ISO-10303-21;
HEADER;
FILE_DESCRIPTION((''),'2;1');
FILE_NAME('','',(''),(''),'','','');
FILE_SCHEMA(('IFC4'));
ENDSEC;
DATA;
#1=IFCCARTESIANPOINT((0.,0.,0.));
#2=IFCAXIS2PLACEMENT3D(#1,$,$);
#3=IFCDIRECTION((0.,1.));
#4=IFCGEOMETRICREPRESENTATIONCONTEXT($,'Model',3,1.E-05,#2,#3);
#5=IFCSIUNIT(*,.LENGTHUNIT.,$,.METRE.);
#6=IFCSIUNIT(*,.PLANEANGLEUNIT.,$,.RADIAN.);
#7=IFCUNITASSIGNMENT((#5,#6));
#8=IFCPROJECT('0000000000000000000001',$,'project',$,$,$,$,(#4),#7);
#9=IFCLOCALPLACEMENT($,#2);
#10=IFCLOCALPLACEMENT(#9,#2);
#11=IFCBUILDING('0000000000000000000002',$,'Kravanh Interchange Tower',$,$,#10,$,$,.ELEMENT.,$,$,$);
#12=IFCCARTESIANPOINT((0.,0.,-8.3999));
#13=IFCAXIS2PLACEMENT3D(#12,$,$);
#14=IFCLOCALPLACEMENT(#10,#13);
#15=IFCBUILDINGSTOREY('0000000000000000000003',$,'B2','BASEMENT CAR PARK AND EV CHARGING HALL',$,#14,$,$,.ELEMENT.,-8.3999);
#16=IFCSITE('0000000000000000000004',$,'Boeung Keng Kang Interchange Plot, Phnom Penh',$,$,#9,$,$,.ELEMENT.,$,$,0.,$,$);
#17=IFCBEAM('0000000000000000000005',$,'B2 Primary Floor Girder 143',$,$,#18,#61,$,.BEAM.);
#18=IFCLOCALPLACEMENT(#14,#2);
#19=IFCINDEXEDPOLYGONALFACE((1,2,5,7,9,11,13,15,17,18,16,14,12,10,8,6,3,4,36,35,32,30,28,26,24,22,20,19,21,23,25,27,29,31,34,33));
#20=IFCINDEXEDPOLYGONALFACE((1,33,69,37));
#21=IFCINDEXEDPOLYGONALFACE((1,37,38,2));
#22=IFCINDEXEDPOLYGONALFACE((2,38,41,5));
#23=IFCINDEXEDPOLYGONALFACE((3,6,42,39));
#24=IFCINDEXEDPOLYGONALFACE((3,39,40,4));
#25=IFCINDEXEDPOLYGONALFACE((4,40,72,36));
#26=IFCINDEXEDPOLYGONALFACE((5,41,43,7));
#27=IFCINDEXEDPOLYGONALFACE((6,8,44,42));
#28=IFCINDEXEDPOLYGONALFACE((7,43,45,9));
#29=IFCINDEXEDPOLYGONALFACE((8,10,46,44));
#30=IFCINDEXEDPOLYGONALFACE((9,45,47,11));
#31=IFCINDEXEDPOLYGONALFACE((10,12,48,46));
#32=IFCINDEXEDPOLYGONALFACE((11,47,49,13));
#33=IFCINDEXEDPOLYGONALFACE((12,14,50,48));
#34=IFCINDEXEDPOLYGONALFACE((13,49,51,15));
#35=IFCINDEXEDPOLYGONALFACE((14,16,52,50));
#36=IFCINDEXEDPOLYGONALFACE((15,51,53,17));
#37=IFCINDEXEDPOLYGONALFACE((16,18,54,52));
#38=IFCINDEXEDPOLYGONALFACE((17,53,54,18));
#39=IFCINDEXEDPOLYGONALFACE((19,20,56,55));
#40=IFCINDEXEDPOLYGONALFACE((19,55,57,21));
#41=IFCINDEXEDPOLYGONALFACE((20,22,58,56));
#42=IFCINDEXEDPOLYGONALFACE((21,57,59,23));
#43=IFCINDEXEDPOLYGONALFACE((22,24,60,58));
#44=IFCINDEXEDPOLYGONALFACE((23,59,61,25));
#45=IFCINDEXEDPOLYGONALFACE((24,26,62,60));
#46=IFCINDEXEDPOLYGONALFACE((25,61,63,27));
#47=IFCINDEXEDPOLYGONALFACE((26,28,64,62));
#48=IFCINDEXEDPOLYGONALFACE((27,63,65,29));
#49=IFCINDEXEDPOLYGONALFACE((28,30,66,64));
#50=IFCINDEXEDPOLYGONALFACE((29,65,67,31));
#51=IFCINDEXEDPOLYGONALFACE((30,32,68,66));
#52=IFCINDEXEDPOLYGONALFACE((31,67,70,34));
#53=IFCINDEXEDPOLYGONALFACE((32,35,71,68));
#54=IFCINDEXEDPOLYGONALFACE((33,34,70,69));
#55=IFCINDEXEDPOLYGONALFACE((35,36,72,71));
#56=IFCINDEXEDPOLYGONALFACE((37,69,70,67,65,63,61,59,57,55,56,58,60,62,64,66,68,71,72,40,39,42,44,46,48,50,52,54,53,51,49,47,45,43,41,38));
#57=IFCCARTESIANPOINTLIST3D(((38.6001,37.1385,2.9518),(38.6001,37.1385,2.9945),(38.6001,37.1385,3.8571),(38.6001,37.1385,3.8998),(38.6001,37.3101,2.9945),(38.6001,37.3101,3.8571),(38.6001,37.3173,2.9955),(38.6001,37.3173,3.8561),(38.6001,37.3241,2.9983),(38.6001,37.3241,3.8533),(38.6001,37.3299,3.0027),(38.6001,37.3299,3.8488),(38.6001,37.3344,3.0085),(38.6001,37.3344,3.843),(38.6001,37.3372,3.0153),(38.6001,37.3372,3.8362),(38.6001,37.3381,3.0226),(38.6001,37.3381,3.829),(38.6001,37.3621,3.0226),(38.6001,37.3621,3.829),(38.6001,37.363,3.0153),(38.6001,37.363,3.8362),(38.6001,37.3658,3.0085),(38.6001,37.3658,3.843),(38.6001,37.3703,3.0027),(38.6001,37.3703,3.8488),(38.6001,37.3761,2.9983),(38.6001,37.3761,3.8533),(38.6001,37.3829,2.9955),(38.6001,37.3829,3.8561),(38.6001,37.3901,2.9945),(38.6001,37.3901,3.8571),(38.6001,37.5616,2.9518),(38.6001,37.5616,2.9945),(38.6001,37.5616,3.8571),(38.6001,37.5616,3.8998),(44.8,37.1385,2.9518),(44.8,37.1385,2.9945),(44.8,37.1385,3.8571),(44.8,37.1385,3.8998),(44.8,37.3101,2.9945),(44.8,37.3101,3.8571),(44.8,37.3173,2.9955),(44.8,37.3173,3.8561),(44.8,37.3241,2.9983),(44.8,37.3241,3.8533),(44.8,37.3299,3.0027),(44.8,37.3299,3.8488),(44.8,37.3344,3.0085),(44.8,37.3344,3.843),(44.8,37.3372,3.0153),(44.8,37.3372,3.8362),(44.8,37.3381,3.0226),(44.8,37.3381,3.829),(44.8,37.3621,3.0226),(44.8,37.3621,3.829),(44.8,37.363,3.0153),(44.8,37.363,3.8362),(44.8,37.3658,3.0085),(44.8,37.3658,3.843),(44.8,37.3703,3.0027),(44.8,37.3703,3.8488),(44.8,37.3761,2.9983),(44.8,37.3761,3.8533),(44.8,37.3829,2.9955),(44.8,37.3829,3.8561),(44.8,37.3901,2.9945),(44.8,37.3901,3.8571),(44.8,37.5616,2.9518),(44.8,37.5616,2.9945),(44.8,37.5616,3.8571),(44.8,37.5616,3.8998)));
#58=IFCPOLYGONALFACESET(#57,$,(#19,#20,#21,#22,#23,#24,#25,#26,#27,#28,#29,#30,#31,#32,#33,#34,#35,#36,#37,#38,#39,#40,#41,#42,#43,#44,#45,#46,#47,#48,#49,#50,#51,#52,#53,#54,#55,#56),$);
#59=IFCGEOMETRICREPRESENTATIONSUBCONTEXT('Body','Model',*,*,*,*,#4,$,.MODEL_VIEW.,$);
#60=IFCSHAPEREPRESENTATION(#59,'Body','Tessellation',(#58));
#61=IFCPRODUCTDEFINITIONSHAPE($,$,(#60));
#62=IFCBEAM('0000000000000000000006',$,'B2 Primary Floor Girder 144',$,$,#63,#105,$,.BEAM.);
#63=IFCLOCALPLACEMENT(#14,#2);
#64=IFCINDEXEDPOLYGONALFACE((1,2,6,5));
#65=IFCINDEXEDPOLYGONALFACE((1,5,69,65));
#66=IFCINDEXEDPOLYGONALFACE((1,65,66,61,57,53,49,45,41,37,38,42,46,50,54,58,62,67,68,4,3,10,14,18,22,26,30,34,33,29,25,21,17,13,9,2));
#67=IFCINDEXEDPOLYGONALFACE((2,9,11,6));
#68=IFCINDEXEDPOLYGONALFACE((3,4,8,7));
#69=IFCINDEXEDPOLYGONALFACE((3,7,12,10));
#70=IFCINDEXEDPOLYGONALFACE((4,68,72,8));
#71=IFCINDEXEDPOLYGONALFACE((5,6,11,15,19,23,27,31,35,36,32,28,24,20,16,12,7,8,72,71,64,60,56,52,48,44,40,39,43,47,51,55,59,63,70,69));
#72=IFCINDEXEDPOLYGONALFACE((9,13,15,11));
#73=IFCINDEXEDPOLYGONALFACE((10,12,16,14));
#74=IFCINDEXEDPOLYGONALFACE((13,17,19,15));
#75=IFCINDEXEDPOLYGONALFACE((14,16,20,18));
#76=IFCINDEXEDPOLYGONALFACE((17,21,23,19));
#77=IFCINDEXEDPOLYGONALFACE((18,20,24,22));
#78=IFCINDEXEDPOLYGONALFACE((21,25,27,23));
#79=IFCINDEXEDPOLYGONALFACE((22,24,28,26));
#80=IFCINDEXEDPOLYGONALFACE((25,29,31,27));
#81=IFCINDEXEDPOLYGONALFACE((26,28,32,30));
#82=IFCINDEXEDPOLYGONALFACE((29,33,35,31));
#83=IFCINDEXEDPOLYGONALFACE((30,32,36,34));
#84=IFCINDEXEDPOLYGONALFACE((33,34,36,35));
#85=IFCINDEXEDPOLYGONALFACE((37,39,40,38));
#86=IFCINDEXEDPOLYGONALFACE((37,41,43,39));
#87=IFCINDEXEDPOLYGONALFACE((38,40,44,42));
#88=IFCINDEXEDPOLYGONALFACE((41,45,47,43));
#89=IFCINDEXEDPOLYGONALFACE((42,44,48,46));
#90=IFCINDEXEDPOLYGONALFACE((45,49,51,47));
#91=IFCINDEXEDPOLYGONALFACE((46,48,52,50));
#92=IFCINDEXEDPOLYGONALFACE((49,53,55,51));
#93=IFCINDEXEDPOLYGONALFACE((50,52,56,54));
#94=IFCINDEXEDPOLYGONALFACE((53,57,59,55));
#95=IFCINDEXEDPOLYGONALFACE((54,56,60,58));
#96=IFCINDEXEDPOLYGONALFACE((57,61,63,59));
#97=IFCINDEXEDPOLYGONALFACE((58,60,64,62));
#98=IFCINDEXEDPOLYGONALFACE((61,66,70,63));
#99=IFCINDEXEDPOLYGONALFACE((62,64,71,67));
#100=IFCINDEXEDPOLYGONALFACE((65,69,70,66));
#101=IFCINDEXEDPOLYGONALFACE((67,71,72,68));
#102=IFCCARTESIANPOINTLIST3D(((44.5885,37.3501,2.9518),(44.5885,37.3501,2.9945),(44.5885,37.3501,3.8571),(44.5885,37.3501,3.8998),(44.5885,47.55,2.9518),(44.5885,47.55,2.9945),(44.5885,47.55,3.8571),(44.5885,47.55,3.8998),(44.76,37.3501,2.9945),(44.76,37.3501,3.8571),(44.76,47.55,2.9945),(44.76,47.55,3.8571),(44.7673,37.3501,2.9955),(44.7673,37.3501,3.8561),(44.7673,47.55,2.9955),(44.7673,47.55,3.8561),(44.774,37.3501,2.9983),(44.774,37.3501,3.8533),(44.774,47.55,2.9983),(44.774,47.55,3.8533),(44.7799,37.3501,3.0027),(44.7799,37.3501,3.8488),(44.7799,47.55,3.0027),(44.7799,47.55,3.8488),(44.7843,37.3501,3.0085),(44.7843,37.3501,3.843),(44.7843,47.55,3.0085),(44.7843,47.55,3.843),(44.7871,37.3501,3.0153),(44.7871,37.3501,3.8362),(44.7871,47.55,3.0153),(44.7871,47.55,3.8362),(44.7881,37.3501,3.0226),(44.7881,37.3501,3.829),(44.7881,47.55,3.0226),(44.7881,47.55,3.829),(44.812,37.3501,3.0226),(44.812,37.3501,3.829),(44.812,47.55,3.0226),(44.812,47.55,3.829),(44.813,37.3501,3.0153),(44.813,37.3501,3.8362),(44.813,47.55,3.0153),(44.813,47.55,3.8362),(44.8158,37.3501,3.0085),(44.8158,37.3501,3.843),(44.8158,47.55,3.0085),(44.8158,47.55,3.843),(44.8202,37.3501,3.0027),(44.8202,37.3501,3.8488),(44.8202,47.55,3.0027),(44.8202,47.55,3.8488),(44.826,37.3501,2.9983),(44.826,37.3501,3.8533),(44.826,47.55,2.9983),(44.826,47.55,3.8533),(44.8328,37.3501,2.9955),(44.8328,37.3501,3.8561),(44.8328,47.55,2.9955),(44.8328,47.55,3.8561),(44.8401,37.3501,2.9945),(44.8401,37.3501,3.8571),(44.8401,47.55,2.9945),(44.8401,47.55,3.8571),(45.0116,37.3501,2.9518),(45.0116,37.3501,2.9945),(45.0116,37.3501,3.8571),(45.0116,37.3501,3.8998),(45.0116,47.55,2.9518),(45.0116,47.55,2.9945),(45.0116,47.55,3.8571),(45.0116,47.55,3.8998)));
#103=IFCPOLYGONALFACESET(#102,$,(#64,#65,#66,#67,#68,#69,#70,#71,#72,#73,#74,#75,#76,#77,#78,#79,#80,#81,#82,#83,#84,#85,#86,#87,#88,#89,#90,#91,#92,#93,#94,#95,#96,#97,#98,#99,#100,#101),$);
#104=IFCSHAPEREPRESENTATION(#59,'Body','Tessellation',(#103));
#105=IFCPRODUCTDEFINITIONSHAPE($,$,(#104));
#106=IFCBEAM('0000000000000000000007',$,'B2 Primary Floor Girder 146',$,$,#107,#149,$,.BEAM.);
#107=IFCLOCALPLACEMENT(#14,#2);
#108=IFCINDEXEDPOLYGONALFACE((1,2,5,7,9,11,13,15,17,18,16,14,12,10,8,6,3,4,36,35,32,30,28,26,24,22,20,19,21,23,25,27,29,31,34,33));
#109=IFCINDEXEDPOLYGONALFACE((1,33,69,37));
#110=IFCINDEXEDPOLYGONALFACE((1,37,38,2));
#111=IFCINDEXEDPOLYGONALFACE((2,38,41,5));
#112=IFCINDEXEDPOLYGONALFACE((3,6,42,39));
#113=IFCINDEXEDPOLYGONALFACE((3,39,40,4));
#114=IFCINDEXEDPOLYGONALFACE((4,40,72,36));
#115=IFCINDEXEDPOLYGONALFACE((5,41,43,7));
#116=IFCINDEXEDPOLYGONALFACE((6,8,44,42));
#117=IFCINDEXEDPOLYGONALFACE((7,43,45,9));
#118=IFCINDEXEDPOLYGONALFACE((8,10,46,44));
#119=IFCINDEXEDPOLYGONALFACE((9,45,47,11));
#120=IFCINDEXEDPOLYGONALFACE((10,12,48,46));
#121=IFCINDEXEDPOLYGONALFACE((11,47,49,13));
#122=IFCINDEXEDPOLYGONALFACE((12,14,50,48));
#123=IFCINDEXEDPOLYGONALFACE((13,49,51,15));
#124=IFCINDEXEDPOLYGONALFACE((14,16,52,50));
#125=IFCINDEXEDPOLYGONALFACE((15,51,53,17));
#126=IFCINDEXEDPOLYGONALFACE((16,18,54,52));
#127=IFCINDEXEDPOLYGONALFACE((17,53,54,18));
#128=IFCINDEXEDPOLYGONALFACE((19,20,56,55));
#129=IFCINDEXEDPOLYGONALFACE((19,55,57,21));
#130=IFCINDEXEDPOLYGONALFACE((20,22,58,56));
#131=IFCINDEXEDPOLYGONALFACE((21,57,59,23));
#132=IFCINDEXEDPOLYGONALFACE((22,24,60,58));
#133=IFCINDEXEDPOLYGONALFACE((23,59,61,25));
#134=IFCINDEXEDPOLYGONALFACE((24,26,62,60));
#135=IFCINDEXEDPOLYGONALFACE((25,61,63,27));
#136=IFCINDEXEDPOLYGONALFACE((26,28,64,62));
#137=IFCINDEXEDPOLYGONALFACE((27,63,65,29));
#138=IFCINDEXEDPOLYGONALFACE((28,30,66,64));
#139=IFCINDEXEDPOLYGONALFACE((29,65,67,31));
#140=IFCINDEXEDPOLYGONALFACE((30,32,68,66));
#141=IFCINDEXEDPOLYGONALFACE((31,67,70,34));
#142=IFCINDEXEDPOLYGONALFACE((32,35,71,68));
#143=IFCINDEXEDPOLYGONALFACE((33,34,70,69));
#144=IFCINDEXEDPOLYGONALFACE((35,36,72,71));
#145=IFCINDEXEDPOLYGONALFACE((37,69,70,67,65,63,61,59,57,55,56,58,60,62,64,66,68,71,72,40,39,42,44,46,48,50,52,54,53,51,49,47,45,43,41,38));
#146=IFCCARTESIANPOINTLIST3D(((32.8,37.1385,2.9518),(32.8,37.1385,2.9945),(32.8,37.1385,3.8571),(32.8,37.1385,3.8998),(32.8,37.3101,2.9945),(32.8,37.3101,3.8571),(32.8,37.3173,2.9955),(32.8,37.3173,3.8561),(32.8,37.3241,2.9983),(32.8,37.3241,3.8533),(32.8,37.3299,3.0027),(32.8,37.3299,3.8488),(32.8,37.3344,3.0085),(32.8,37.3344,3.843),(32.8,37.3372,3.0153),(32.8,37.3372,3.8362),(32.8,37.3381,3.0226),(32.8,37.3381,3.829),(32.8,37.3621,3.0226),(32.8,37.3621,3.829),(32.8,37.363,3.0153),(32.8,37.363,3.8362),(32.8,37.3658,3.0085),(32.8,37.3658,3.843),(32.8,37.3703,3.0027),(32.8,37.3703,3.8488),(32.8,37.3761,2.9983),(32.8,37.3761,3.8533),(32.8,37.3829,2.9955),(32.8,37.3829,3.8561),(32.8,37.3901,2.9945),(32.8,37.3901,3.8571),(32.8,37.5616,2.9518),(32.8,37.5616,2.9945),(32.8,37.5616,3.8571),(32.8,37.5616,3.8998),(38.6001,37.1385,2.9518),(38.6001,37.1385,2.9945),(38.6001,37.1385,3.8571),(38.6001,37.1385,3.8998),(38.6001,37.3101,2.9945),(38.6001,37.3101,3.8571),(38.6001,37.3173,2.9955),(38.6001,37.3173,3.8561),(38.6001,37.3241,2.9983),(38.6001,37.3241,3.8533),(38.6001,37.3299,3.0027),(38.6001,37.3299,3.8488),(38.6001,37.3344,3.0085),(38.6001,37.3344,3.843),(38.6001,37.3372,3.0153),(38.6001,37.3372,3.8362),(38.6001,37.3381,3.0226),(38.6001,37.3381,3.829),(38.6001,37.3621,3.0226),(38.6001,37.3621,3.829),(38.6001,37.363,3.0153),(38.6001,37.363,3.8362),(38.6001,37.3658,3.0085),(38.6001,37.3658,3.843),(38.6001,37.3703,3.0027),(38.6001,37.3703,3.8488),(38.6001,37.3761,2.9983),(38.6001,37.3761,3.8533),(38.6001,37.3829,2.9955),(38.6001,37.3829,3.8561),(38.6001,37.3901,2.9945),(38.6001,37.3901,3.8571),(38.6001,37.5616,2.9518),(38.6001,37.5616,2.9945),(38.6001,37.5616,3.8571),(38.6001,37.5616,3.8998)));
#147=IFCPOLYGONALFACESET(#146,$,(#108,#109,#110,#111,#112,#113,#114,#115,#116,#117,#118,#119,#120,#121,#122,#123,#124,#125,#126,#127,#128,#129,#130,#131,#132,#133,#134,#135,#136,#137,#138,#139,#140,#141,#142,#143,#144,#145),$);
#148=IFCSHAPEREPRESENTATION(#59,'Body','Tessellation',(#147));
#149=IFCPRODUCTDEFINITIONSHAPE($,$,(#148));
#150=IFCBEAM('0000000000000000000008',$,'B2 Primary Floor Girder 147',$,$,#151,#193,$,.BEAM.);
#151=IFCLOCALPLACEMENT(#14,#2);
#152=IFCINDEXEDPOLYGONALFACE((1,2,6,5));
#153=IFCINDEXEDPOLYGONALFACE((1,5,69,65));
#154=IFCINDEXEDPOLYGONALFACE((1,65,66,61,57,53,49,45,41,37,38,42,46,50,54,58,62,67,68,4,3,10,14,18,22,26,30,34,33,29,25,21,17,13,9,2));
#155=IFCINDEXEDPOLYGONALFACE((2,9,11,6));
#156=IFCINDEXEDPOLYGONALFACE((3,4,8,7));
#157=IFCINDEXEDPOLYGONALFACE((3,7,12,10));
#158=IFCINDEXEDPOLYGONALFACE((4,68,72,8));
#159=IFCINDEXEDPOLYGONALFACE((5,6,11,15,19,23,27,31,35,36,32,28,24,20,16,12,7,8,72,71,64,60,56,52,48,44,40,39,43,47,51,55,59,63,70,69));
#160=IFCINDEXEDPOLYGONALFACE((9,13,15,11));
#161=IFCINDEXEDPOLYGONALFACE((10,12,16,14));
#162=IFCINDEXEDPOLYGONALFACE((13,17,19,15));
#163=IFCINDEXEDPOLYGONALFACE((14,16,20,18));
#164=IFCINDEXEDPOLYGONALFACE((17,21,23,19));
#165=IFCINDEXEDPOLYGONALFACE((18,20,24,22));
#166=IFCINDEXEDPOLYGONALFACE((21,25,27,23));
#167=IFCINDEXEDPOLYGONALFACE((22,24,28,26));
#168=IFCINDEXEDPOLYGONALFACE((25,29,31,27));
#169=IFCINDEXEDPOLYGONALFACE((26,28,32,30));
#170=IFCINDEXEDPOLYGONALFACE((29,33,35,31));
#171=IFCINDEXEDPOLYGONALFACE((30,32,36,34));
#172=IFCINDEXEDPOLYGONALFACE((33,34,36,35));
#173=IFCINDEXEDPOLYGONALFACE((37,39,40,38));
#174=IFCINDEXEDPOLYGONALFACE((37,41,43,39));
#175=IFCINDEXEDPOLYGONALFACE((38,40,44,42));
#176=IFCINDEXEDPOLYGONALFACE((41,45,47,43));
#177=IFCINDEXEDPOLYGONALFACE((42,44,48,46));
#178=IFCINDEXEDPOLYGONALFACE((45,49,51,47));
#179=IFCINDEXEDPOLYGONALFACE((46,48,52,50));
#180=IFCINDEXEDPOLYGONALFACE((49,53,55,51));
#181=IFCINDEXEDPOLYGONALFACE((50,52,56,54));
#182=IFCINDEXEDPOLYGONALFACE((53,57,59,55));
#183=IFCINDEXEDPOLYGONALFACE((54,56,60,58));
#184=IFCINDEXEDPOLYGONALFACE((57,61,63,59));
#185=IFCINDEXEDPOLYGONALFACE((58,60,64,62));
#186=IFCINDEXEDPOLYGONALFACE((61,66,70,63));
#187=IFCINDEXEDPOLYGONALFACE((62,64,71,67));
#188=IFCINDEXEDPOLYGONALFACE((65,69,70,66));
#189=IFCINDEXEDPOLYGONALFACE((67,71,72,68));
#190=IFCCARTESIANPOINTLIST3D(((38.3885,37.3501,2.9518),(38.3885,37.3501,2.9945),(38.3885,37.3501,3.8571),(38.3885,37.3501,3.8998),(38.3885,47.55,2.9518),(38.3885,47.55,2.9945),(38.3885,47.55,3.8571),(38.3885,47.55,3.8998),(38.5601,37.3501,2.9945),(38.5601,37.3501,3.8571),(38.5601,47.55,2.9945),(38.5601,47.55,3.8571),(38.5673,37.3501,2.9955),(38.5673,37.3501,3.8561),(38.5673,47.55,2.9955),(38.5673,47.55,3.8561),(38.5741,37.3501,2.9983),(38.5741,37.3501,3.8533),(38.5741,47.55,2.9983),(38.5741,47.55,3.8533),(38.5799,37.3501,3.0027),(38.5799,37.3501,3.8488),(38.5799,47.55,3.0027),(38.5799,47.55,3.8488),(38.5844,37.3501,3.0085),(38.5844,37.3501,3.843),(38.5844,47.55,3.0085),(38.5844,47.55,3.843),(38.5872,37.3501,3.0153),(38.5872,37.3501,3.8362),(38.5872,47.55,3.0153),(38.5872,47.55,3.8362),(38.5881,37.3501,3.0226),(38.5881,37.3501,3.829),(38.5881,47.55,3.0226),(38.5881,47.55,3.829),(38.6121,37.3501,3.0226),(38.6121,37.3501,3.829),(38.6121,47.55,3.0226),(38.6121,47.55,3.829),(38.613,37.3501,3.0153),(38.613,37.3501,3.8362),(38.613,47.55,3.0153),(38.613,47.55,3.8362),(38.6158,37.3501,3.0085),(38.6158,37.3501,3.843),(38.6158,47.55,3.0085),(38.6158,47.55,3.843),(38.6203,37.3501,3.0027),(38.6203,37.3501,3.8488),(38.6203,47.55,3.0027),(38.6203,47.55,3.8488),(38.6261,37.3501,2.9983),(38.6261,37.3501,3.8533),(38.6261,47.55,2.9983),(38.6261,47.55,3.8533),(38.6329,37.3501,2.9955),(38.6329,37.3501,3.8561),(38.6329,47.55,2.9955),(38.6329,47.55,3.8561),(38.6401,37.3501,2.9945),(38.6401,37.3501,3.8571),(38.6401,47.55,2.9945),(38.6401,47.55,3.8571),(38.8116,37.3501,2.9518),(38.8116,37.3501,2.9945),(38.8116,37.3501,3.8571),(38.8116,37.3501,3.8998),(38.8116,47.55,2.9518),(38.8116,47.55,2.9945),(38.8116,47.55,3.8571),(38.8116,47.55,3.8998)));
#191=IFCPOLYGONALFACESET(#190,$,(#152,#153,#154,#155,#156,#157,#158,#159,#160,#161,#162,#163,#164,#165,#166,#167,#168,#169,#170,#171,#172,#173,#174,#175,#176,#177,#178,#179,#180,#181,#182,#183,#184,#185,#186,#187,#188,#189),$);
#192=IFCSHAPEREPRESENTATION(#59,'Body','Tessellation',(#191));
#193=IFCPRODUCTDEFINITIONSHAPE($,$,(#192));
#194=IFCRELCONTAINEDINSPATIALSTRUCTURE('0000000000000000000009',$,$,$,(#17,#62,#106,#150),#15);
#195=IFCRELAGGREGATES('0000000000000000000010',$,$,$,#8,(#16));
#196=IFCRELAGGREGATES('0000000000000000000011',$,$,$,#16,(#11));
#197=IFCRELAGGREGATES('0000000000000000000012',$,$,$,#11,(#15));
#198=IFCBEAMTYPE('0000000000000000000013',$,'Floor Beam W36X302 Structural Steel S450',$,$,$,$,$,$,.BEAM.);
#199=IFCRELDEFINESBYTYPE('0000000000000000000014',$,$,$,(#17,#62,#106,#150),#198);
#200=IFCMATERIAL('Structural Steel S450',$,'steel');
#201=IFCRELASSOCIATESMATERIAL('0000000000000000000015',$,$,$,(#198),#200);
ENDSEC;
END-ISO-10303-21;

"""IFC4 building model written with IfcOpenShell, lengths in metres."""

from ifc_helpers import new_model, si_unit, direction, frame, origin, origin_2d, place, context, subcontext, project, spatial, i_section, extrude, material, material_profile, profile_set, type_object, element, save


model = new_model("IFC4")

# Units and contexts
model_context = context("Model", 3, precision=1e-05, world=origin(), true_north=direction((0.0, 1.0)))
body_context = subcontext(model_context, "Body", "Model", "MODEL_VIEW")
ifc_project = project(units=[si_unit("LENGTHUNIT", "METRE"), si_unit("PLANEANGLEUNIT", "RADIAN")], contexts=[model_context])

# Site, building, storey
site_placement = place(None, origin())
site = spatial("IfcSite", under=ifc_project, at=site_placement, Name="Boeung Keng Kang Interchange Plot, Phnom Penh", CompositionType="ELEMENT", RefElevation=0.0)
building_placement = place(site_placement, origin())
building = spatial("IfcBuilding", under=site, at=building_placement, Name="Kravanh Interchange Tower", CompositionType="ELEMENT")
storey_placement = place(building_placement, frame((0.0, 0.0, -8.3999)))
storey = spatial("IfcBuildingStorey", under=building, at=storey_placement, Name="B2", Description="BASEMENT CAR PARK AND EV CHARGING HALL", CompositionType="ELEMENT", Elevation=-8.3999)

# Beams
ifc_material_1 = material(Name="Structural Steel S450", Category="steel")
ifc_material_profile_1 = material_profile(ifc_material_1, i_section(OverallWidth=0.4231, OverallDepth=0.948, WebThickness=0.0239, FlangeThickness=0.0427, FilletRadius=0.0281, at=origin_2d()), Name="W36X302")
ifc_profile_set_1 = profile_set([ifc_material_profile_1], Name="Structural Steel S450")
beam_type_1 = type_object("IfcBeamType", Name="Floor Beam W36X302 Structural Steel S450", PredefinedType="BEAM", material=ifc_profile_set_1)
beam_1_placement = place(storey_placement, frame((44.8, 37.3501, 3.4258), z_axis=(-1.0, 0.0, 0.0), x_axis=(0.0, -1.0, 0.0)))
element("IfcBeam", 1, at=beam_1_placement, inside=storey, type_object=beam_type_1, Name="B2 Primary Floor Girder 143", PredefinedType="BEAM", context=body_context, shape_type="SweptSolid", body=[
    extrude(i_section(OverallWidth=0.4231, OverallDepth=0.948, WebThickness=0.0239, FlangeThickness=0.0427, FilletRadius=0.0281, at=origin_2d()), origin(), (0.0, 0.0, 1.0), 6.2),
])
beam_2_placement = place(storey_placement, frame((44.8, 37.3501, 3.4258), z_axis=(0.0, 1.0, 0.0), x_axis=(-1.0, 0.0, 0.0)))
element("IfcBeam", 2, at=beam_2_placement, inside=storey, type_object=beam_type_1, Name="B2 Primary Floor Girder 144", PredefinedType="BEAM", context=body_context, shape_type="SweptSolid", body=[
    extrude(i_section(OverallWidth=0.4231, OverallDepth=0.948, WebThickness=0.0239, FlangeThickness=0.0427, FilletRadius=0.0281, at=origin_2d()), origin(), (0.0, 0.0, 1.0), 10.2),
])
beam_3_placement = place(storey_placement, frame((38.6001, 37.3501, 3.4258), z_axis=(-1.0, 0.0, 0.0), x_axis=(0.0, -1.0, 0.0)))
element("IfcBeam", 3, at=beam_3_placement, inside=storey, type_object=beam_type_1, Name="B2 Primary Floor Girder 146", PredefinedType="BEAM", context=body_context, shape_type="SweptSolid", body=[
    extrude(i_section(OverallWidth=0.4231, OverallDepth=0.948, WebThickness=0.0239, FlangeThickness=0.0427, FilletRadius=0.0281, at=origin_2d()), origin(), (0.0, 0.0, 1.0), 5.8),
])
beam_4_placement = place(storey_placement, frame((38.6001, 37.3501, 3.4258), z_axis=(0.0, 1.0, 0.0), x_axis=(-1.0, 0.0, 0.0)))
element("IfcBeam", 4, at=beam_4_placement, inside=storey, type_object=beam_type_1, Name="B2 Primary Floor Girder 147", PredefinedType="BEAM", context=body_context, shape_type="SweptSolid", body=[
    extrude(i_section(OverallWidth=0.4231, OverallDepth=0.948, WebThickness=0.0239, FlangeThickness=0.0427, FilletRadius=0.0281, at=origin_2d()), origin(), (0.0, 0.0, 1.0), 10.2),
])

save(model, "model.ifc")
